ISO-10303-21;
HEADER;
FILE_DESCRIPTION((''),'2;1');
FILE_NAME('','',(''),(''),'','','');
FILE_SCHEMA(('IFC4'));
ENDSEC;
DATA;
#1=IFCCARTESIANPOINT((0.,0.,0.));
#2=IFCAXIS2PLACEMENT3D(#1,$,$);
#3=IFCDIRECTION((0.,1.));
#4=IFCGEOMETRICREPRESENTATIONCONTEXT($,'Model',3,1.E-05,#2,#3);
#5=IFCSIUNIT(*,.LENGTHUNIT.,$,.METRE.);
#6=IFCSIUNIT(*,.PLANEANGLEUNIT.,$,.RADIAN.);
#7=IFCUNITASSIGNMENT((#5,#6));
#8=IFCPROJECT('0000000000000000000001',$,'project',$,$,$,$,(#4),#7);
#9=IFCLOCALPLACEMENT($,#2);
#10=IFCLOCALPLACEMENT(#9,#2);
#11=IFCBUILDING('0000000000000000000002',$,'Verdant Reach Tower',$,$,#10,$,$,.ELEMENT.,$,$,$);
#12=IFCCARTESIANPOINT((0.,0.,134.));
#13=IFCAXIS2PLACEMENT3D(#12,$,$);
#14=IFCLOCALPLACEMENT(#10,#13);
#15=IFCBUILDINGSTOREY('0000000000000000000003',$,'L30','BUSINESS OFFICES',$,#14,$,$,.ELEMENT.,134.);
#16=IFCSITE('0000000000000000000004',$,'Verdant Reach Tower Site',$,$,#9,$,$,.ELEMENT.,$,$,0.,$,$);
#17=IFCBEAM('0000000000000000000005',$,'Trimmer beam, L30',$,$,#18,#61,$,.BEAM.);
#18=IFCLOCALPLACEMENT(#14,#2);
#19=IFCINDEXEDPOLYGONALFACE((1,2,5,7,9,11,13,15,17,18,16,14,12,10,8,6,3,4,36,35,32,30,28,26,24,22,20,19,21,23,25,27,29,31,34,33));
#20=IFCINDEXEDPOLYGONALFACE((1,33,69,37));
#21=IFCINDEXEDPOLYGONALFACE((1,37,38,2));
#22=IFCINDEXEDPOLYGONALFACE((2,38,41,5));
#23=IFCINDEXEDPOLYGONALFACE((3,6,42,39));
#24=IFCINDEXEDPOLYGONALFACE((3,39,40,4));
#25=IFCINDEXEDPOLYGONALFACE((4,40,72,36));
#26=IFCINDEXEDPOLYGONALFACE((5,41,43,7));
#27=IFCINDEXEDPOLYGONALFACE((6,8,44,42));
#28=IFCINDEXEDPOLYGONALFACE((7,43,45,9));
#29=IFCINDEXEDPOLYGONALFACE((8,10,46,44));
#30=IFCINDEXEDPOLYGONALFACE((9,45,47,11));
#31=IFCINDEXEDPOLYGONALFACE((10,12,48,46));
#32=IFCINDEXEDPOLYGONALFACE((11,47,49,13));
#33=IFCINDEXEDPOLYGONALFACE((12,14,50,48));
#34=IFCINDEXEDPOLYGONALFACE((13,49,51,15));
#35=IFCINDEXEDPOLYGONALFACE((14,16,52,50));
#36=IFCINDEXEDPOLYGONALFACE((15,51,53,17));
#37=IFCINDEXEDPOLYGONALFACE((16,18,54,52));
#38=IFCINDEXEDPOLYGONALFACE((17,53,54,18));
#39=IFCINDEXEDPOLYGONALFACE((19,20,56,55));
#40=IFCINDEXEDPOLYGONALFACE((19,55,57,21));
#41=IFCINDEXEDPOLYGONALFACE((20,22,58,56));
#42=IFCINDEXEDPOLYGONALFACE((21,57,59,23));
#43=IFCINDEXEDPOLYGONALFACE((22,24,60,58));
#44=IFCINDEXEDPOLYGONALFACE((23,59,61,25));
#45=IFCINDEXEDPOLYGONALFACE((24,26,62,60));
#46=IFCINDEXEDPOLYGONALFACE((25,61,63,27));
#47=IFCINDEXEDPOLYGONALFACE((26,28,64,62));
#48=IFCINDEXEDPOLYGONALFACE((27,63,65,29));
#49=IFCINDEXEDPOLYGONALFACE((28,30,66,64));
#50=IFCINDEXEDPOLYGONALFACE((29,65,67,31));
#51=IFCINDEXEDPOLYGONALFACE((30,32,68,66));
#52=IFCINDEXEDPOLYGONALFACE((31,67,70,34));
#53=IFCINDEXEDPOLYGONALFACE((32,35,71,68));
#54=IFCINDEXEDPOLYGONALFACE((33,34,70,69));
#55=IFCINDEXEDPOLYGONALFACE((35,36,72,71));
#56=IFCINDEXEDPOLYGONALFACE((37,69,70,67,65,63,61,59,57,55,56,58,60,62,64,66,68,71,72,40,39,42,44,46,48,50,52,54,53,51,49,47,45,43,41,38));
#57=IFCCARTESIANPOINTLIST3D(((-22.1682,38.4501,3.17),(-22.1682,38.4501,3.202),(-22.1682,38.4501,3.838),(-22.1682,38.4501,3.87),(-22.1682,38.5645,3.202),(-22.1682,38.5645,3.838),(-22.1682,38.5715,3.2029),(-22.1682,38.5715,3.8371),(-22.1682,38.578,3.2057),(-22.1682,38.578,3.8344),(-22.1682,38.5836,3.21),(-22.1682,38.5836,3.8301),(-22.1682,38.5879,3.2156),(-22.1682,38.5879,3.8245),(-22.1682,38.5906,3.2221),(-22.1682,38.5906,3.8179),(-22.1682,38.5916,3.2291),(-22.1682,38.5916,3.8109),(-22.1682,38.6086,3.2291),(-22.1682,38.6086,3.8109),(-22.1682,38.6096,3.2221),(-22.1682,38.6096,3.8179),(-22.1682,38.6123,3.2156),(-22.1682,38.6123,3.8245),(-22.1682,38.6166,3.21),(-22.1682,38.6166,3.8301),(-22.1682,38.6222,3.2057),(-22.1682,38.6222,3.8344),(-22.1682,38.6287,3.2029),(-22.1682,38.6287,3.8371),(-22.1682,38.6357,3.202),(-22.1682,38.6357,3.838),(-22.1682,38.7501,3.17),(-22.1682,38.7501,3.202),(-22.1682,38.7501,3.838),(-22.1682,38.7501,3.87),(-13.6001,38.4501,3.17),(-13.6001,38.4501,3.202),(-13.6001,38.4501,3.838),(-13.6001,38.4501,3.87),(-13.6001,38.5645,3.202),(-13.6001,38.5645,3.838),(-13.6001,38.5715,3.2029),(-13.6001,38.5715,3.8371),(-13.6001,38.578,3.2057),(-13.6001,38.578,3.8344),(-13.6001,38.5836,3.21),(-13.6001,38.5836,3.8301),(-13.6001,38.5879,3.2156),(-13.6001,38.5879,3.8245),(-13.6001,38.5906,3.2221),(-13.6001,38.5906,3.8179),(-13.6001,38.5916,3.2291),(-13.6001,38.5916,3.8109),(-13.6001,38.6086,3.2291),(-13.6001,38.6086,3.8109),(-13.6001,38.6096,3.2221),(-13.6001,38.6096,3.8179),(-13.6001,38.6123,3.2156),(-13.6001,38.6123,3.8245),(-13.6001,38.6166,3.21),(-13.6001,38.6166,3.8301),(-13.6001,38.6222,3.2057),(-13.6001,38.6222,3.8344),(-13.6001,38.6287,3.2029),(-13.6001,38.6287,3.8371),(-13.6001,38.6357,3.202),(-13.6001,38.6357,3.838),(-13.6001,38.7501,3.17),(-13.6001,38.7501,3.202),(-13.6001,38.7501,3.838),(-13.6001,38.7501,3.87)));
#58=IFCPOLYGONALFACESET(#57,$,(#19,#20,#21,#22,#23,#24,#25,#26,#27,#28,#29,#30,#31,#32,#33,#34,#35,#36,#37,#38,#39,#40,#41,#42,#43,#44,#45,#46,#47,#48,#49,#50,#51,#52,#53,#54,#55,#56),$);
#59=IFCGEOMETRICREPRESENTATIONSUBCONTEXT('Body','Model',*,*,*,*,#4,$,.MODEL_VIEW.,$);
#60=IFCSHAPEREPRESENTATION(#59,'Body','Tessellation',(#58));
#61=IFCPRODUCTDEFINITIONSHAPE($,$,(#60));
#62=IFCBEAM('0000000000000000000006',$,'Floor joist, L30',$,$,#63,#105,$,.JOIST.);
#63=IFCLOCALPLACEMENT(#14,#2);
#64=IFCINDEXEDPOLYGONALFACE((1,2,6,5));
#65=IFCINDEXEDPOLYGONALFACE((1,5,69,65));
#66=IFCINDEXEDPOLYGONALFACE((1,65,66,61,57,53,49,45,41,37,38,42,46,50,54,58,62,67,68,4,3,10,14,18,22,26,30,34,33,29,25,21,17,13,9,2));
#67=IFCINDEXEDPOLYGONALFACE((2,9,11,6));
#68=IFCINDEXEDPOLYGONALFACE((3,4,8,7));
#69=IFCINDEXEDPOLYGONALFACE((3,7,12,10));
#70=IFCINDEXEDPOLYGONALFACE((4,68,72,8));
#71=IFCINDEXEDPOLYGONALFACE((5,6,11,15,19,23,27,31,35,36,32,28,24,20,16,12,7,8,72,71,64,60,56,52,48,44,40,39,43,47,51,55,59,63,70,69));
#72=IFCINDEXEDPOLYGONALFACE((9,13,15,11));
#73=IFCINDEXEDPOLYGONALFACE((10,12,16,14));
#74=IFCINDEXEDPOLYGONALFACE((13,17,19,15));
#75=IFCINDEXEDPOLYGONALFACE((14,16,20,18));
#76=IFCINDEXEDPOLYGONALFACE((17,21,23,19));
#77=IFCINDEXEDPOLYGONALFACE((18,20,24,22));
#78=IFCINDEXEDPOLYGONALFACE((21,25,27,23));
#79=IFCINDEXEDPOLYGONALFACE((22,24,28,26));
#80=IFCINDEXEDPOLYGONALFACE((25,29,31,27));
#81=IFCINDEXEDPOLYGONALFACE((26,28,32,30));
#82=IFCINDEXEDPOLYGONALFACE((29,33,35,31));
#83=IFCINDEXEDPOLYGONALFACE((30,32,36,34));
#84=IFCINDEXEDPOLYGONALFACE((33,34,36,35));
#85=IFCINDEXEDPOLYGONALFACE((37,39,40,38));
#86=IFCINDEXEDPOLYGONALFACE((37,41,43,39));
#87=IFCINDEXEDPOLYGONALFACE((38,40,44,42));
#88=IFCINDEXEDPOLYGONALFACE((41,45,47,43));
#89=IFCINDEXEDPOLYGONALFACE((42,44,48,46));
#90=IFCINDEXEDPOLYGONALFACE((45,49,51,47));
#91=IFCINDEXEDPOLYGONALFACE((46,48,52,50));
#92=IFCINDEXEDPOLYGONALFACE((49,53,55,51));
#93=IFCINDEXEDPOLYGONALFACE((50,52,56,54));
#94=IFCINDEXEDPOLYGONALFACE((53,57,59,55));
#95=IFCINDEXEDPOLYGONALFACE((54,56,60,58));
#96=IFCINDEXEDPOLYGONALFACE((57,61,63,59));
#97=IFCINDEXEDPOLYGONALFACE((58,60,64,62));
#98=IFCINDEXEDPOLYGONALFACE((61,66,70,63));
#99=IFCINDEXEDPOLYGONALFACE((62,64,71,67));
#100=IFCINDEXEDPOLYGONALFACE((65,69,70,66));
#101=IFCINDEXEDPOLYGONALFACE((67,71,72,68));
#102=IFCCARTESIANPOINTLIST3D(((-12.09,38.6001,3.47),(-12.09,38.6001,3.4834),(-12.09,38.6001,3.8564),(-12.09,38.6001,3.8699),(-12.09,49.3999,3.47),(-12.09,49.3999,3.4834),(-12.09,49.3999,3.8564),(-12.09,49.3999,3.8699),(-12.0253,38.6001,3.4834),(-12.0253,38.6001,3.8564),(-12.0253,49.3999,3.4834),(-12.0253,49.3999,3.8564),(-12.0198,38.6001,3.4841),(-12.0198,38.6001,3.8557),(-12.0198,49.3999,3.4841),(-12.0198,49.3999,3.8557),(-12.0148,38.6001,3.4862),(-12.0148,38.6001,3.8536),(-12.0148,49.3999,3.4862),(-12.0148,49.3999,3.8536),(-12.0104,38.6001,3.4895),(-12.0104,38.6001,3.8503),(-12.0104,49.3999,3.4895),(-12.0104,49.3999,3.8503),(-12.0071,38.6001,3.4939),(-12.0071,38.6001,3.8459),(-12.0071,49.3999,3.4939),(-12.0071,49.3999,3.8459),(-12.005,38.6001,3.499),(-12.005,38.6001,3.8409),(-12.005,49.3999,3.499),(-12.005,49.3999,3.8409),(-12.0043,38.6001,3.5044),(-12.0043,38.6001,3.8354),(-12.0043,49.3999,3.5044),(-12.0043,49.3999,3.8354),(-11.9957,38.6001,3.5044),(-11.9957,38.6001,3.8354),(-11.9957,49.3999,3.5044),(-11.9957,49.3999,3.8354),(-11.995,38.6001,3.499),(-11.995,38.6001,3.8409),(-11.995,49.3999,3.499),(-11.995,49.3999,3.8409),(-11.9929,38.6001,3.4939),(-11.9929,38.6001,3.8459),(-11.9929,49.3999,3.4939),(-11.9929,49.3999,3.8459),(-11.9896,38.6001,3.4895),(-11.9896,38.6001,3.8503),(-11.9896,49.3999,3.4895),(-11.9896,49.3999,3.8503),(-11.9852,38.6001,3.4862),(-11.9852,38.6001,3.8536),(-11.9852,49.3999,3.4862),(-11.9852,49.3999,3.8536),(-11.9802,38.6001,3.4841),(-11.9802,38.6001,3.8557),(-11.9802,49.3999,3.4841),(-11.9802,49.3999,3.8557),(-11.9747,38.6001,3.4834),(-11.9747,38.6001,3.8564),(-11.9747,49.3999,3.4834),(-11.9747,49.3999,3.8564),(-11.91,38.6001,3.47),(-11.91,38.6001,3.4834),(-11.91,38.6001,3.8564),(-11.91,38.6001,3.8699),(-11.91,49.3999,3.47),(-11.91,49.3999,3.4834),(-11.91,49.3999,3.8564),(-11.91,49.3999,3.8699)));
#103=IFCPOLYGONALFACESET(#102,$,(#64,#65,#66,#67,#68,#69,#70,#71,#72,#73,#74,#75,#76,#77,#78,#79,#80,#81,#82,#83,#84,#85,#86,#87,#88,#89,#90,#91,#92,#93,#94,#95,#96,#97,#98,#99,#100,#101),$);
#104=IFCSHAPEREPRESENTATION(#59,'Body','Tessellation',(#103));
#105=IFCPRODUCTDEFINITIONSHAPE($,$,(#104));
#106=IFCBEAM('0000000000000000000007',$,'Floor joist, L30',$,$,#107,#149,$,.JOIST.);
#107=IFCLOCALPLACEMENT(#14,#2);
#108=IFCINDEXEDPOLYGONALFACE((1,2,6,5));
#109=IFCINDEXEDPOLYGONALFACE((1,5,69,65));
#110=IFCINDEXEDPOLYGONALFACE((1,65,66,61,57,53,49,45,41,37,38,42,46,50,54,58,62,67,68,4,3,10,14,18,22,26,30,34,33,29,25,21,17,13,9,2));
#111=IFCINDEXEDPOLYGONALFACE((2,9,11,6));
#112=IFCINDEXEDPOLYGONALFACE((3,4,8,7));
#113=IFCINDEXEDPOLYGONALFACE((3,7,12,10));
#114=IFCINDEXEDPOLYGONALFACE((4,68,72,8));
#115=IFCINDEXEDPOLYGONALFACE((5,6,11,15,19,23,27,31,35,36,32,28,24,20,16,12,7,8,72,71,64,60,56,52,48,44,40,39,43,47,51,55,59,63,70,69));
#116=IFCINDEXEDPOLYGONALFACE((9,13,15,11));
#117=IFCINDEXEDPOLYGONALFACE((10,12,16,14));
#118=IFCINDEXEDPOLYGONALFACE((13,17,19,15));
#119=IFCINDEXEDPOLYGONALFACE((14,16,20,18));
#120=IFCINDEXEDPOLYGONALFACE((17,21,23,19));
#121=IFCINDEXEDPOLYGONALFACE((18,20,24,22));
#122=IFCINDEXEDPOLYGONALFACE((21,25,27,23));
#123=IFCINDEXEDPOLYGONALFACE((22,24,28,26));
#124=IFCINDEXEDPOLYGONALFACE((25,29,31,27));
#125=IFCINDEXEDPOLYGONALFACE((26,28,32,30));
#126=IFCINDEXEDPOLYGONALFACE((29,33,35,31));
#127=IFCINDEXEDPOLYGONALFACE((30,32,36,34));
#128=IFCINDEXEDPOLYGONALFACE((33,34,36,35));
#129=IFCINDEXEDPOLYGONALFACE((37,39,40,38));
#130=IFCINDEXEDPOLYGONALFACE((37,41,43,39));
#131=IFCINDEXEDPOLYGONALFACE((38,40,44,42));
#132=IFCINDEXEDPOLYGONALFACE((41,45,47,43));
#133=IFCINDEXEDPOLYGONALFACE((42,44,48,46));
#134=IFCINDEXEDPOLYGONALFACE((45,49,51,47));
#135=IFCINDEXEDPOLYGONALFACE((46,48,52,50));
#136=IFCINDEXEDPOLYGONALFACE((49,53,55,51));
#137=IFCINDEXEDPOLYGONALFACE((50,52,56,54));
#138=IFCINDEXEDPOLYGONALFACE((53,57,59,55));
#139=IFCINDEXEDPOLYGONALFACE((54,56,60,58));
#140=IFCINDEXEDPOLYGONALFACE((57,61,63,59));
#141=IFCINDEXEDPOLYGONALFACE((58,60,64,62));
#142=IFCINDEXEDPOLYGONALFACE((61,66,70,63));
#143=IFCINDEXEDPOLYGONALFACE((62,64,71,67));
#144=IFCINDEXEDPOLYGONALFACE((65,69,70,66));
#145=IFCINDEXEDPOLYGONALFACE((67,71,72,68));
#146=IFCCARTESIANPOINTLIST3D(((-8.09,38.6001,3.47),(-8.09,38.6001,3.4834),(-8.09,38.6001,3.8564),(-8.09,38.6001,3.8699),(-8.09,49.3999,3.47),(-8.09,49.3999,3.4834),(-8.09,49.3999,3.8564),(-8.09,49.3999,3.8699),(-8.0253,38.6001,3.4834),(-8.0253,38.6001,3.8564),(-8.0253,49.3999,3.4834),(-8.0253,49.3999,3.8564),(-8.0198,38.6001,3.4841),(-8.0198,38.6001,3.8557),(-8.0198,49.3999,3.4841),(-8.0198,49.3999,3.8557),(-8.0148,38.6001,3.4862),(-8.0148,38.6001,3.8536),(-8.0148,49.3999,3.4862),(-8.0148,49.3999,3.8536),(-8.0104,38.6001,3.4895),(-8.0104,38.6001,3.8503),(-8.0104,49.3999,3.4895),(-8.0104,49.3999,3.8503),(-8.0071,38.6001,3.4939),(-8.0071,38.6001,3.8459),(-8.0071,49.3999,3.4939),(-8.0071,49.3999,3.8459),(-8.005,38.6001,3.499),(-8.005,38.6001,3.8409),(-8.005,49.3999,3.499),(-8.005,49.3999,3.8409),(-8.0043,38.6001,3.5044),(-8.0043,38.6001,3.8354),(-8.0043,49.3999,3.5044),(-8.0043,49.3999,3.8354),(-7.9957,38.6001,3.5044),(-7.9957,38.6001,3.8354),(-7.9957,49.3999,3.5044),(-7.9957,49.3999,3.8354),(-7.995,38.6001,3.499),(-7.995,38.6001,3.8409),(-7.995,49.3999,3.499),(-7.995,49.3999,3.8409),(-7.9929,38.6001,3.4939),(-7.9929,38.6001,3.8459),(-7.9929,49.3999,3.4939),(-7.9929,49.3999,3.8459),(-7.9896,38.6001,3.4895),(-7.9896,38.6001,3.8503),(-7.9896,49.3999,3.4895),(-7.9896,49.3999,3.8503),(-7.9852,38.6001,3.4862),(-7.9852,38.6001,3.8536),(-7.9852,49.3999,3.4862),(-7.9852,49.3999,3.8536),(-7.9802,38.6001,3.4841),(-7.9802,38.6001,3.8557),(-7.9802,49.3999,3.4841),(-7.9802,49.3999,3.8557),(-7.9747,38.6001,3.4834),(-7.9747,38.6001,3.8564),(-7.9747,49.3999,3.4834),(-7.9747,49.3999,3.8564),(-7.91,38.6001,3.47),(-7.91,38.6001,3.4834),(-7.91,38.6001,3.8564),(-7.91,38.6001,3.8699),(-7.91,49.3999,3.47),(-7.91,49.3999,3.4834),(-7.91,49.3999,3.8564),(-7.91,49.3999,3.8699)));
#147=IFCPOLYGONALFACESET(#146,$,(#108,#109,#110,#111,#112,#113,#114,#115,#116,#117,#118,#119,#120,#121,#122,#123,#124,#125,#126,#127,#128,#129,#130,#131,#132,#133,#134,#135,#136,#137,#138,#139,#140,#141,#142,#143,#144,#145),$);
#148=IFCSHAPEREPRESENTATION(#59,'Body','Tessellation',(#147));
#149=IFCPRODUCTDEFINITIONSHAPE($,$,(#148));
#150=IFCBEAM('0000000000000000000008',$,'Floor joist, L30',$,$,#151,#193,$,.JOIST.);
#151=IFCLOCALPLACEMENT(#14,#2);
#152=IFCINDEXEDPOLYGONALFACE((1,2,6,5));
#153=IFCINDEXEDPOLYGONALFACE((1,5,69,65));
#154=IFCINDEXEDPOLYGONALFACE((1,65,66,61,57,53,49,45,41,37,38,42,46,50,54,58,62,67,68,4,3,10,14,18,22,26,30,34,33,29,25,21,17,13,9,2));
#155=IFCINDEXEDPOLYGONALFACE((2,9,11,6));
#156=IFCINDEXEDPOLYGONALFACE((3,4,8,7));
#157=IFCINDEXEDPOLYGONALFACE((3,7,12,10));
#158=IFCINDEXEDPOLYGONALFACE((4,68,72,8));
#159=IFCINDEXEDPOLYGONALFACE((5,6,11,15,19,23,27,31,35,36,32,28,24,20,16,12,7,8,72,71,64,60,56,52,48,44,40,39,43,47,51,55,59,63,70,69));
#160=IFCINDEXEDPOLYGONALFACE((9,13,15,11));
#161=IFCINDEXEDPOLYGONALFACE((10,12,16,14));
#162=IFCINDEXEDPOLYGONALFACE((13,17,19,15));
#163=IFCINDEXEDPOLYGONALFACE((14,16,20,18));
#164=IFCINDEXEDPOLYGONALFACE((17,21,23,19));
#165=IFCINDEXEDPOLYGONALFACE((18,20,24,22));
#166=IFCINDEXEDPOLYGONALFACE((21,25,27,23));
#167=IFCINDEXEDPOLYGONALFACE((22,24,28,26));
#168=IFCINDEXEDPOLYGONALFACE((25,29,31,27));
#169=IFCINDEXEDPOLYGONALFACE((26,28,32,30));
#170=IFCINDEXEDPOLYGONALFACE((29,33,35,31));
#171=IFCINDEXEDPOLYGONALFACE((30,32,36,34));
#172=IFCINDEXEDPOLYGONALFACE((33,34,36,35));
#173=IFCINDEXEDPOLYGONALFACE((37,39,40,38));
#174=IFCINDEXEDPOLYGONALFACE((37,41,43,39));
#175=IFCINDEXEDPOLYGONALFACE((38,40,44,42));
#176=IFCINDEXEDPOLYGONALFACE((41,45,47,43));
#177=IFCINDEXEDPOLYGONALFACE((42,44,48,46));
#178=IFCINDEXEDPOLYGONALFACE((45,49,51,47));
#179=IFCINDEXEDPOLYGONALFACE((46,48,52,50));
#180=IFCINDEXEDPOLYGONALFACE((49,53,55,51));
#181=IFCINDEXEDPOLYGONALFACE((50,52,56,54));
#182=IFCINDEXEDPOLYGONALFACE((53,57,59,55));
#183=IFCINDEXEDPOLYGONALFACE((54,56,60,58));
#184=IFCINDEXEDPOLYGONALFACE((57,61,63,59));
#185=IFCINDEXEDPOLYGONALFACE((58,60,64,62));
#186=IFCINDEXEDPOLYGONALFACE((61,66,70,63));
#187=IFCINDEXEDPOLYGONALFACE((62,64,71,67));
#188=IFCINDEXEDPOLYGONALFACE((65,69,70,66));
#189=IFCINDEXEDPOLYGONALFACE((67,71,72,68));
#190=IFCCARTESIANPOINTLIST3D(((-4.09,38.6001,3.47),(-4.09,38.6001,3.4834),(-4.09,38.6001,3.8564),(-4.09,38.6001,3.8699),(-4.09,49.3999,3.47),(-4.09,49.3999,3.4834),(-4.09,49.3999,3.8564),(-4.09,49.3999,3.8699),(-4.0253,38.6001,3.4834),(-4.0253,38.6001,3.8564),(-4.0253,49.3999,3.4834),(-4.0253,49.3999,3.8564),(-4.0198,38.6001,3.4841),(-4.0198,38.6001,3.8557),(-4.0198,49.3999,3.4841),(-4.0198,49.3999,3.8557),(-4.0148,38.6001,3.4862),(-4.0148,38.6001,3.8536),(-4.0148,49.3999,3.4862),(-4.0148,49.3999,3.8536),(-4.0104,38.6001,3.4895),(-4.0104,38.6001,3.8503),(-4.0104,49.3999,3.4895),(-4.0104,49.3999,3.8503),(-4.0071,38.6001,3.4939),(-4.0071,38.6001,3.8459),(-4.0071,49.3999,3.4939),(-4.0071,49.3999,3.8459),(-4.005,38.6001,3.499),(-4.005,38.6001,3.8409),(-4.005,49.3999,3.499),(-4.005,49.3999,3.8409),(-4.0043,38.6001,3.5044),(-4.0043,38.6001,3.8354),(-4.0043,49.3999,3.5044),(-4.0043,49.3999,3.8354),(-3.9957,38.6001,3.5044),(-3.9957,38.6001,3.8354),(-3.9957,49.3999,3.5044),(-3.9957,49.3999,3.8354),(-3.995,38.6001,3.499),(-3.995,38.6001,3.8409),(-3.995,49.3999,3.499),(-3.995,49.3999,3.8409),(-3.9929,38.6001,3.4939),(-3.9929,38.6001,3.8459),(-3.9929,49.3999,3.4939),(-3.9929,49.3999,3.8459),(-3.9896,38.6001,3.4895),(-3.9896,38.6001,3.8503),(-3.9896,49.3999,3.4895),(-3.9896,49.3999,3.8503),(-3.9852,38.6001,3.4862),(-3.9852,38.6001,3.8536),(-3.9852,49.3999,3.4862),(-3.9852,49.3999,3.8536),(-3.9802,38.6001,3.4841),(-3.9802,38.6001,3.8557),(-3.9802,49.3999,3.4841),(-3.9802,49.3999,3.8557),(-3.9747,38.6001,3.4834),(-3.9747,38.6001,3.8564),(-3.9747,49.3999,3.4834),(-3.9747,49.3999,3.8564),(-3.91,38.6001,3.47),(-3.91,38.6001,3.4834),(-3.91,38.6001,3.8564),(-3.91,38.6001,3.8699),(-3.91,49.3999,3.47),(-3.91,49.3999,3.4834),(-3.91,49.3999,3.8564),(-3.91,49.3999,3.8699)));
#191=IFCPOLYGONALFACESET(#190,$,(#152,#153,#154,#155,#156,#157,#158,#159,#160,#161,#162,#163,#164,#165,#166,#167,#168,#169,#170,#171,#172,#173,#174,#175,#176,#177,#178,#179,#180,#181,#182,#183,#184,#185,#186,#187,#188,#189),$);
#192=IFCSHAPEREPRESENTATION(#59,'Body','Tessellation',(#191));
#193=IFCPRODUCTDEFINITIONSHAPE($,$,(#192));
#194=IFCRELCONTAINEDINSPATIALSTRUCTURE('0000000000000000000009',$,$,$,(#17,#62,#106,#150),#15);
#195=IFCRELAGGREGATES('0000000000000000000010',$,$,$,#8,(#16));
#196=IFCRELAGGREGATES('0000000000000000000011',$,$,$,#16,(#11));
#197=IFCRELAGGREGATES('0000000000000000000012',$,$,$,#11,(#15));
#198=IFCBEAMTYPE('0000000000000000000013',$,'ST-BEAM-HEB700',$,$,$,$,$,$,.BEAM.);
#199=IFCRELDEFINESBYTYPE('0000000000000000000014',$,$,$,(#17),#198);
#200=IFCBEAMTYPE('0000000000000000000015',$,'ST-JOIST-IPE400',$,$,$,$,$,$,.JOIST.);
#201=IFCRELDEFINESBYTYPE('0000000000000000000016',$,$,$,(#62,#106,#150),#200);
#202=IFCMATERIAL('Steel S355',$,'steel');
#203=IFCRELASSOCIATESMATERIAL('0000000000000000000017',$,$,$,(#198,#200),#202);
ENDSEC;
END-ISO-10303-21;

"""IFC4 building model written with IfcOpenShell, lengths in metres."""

from ifc_helpers import new_model, si_unit, direction, frame, origin, origin_2d, place, context, subcontext, project, spatial, i_section, extrude, material, material_profile, profile_set, type_object, element, save


model = new_model("IFC4")

# Units and contexts
model_context = context("Model", 3, precision=1e-05, world=origin(), true_north=direction((0.0, 1.0)))
body_context = subcontext(model_context, "Body", "Model", "MODEL_VIEW")
ifc_project = project(units=[si_unit("LENGTHUNIT", "METRE"), si_unit("PLANEANGLEUNIT", "RADIAN")], contexts=[model_context])

# Site, building, storey
site_placement = place(None, origin())
site = spatial("IfcSite", under=ifc_project, at=site_placement, Name="Verdant Reach Tower Site", CompositionType="ELEMENT", RefElevation=0.0)
building_placement = place(site_placement, origin())
building = spatial("IfcBuilding", under=site, at=building_placement, Name="Verdant Reach Tower", CompositionType="ELEMENT")
storey_placement = place(building_placement, frame((0.0, 0.0, 134.0)))
storey = spatial("IfcBuildingStorey", under=building, at=storey_placement, Name="L30", Description="BUSINESS OFFICES", CompositionType="ELEMENT", Elevation=134.0)

# Beams
ifc_material_1 = material(Name="Steel S355", Category="steel")
ifc_material_profile_1 = material_profile(ifc_material_1, i_section(OverallWidth=0.3, OverallDepth=0.7, WebThickness=0.0171, FlangeThickness=0.032, FilletRadius=0.0271, at=origin_2d()), Name="HEB 700")
ifc_profile_set_1 = profile_set([ifc_material_profile_1], Name="Steel S355")
beam_type_1 = type_object("IfcBeamType", Name="ST-BEAM-HEB700", PredefinedType="BEAM", material=ifc_profile_set_1)
beam_placement = place(storey_placement, frame((-13.6001, 38.6001, 3.52), z_axis=(-1.0, 0.0, 0.0), x_axis=(0.0, -1.0, 0.0)))
element("IfcBeam", 1, at=beam_placement, inside=storey, type_object=beam_type_1, Name="Trimmer beam, L30", PredefinedType="BEAM", context=body_context, shape_type="SweptSolid", body=[
    extrude(i_section(OverallWidth=0.3, OverallDepth=0.7, WebThickness=0.0171, FlangeThickness=0.032, FilletRadius=0.0271, at=origin_2d()), origin(), (0.0, 0.0, 1.0), 8.5681),
])
ifc_material_profile_2 = material_profile(ifc_material_1, i_section(OverallWidth=0.1799, OverallDepth=0.3999, WebThickness=0.0085, FlangeThickness=0.0134, FilletRadius=0.021, at=origin_2d()), Name="IPE 400")
ifc_profile_set_2 = profile_set([ifc_material_profile_2], Name="Steel S355")
beam_type_2 = type_object("IfcBeamType", Name="ST-JOIST-IPE400", PredefinedType="JOIST", material=ifc_profile_set_2)
for number, where, z_axis, x_axis, name in (
    (2, (-12.0, 38.6001, 3.6699), (0.0, 1.0, 0.0), (-1.0, 0.0, 0.0), "Floor joist, L30"),
    (3, (-8.0, 38.6001, 3.6699), (0.0, 1.0, 0.0), (-1.0, 0.0, 0.0), "Floor joist, L30"),
    (4, (-4.0, 38.6001, 3.6699), (0.0, 1.0, 0.0), (-1.0, 0.0, 0.0), "Floor joist, L30"),
):
    element("IfcBeam", number, at=place(storey_placement, frame(where, z_axis=z_axis, x_axis=x_axis)), inside=storey, type_object=beam_type_2, Name=name, PredefinedType="JOIST", context=body_context, shape_type="SweptSolid", body=[
        extrude(i_section(OverallWidth=0.1799, OverallDepth=0.3999, WebThickness=0.0085, FlangeThickness=0.0134, FilletRadius=0.021, at=origin_2d()), origin(), (0.0, 0.0, 1.0), 10.7998),
    ])

save(model, "model.ifc")
